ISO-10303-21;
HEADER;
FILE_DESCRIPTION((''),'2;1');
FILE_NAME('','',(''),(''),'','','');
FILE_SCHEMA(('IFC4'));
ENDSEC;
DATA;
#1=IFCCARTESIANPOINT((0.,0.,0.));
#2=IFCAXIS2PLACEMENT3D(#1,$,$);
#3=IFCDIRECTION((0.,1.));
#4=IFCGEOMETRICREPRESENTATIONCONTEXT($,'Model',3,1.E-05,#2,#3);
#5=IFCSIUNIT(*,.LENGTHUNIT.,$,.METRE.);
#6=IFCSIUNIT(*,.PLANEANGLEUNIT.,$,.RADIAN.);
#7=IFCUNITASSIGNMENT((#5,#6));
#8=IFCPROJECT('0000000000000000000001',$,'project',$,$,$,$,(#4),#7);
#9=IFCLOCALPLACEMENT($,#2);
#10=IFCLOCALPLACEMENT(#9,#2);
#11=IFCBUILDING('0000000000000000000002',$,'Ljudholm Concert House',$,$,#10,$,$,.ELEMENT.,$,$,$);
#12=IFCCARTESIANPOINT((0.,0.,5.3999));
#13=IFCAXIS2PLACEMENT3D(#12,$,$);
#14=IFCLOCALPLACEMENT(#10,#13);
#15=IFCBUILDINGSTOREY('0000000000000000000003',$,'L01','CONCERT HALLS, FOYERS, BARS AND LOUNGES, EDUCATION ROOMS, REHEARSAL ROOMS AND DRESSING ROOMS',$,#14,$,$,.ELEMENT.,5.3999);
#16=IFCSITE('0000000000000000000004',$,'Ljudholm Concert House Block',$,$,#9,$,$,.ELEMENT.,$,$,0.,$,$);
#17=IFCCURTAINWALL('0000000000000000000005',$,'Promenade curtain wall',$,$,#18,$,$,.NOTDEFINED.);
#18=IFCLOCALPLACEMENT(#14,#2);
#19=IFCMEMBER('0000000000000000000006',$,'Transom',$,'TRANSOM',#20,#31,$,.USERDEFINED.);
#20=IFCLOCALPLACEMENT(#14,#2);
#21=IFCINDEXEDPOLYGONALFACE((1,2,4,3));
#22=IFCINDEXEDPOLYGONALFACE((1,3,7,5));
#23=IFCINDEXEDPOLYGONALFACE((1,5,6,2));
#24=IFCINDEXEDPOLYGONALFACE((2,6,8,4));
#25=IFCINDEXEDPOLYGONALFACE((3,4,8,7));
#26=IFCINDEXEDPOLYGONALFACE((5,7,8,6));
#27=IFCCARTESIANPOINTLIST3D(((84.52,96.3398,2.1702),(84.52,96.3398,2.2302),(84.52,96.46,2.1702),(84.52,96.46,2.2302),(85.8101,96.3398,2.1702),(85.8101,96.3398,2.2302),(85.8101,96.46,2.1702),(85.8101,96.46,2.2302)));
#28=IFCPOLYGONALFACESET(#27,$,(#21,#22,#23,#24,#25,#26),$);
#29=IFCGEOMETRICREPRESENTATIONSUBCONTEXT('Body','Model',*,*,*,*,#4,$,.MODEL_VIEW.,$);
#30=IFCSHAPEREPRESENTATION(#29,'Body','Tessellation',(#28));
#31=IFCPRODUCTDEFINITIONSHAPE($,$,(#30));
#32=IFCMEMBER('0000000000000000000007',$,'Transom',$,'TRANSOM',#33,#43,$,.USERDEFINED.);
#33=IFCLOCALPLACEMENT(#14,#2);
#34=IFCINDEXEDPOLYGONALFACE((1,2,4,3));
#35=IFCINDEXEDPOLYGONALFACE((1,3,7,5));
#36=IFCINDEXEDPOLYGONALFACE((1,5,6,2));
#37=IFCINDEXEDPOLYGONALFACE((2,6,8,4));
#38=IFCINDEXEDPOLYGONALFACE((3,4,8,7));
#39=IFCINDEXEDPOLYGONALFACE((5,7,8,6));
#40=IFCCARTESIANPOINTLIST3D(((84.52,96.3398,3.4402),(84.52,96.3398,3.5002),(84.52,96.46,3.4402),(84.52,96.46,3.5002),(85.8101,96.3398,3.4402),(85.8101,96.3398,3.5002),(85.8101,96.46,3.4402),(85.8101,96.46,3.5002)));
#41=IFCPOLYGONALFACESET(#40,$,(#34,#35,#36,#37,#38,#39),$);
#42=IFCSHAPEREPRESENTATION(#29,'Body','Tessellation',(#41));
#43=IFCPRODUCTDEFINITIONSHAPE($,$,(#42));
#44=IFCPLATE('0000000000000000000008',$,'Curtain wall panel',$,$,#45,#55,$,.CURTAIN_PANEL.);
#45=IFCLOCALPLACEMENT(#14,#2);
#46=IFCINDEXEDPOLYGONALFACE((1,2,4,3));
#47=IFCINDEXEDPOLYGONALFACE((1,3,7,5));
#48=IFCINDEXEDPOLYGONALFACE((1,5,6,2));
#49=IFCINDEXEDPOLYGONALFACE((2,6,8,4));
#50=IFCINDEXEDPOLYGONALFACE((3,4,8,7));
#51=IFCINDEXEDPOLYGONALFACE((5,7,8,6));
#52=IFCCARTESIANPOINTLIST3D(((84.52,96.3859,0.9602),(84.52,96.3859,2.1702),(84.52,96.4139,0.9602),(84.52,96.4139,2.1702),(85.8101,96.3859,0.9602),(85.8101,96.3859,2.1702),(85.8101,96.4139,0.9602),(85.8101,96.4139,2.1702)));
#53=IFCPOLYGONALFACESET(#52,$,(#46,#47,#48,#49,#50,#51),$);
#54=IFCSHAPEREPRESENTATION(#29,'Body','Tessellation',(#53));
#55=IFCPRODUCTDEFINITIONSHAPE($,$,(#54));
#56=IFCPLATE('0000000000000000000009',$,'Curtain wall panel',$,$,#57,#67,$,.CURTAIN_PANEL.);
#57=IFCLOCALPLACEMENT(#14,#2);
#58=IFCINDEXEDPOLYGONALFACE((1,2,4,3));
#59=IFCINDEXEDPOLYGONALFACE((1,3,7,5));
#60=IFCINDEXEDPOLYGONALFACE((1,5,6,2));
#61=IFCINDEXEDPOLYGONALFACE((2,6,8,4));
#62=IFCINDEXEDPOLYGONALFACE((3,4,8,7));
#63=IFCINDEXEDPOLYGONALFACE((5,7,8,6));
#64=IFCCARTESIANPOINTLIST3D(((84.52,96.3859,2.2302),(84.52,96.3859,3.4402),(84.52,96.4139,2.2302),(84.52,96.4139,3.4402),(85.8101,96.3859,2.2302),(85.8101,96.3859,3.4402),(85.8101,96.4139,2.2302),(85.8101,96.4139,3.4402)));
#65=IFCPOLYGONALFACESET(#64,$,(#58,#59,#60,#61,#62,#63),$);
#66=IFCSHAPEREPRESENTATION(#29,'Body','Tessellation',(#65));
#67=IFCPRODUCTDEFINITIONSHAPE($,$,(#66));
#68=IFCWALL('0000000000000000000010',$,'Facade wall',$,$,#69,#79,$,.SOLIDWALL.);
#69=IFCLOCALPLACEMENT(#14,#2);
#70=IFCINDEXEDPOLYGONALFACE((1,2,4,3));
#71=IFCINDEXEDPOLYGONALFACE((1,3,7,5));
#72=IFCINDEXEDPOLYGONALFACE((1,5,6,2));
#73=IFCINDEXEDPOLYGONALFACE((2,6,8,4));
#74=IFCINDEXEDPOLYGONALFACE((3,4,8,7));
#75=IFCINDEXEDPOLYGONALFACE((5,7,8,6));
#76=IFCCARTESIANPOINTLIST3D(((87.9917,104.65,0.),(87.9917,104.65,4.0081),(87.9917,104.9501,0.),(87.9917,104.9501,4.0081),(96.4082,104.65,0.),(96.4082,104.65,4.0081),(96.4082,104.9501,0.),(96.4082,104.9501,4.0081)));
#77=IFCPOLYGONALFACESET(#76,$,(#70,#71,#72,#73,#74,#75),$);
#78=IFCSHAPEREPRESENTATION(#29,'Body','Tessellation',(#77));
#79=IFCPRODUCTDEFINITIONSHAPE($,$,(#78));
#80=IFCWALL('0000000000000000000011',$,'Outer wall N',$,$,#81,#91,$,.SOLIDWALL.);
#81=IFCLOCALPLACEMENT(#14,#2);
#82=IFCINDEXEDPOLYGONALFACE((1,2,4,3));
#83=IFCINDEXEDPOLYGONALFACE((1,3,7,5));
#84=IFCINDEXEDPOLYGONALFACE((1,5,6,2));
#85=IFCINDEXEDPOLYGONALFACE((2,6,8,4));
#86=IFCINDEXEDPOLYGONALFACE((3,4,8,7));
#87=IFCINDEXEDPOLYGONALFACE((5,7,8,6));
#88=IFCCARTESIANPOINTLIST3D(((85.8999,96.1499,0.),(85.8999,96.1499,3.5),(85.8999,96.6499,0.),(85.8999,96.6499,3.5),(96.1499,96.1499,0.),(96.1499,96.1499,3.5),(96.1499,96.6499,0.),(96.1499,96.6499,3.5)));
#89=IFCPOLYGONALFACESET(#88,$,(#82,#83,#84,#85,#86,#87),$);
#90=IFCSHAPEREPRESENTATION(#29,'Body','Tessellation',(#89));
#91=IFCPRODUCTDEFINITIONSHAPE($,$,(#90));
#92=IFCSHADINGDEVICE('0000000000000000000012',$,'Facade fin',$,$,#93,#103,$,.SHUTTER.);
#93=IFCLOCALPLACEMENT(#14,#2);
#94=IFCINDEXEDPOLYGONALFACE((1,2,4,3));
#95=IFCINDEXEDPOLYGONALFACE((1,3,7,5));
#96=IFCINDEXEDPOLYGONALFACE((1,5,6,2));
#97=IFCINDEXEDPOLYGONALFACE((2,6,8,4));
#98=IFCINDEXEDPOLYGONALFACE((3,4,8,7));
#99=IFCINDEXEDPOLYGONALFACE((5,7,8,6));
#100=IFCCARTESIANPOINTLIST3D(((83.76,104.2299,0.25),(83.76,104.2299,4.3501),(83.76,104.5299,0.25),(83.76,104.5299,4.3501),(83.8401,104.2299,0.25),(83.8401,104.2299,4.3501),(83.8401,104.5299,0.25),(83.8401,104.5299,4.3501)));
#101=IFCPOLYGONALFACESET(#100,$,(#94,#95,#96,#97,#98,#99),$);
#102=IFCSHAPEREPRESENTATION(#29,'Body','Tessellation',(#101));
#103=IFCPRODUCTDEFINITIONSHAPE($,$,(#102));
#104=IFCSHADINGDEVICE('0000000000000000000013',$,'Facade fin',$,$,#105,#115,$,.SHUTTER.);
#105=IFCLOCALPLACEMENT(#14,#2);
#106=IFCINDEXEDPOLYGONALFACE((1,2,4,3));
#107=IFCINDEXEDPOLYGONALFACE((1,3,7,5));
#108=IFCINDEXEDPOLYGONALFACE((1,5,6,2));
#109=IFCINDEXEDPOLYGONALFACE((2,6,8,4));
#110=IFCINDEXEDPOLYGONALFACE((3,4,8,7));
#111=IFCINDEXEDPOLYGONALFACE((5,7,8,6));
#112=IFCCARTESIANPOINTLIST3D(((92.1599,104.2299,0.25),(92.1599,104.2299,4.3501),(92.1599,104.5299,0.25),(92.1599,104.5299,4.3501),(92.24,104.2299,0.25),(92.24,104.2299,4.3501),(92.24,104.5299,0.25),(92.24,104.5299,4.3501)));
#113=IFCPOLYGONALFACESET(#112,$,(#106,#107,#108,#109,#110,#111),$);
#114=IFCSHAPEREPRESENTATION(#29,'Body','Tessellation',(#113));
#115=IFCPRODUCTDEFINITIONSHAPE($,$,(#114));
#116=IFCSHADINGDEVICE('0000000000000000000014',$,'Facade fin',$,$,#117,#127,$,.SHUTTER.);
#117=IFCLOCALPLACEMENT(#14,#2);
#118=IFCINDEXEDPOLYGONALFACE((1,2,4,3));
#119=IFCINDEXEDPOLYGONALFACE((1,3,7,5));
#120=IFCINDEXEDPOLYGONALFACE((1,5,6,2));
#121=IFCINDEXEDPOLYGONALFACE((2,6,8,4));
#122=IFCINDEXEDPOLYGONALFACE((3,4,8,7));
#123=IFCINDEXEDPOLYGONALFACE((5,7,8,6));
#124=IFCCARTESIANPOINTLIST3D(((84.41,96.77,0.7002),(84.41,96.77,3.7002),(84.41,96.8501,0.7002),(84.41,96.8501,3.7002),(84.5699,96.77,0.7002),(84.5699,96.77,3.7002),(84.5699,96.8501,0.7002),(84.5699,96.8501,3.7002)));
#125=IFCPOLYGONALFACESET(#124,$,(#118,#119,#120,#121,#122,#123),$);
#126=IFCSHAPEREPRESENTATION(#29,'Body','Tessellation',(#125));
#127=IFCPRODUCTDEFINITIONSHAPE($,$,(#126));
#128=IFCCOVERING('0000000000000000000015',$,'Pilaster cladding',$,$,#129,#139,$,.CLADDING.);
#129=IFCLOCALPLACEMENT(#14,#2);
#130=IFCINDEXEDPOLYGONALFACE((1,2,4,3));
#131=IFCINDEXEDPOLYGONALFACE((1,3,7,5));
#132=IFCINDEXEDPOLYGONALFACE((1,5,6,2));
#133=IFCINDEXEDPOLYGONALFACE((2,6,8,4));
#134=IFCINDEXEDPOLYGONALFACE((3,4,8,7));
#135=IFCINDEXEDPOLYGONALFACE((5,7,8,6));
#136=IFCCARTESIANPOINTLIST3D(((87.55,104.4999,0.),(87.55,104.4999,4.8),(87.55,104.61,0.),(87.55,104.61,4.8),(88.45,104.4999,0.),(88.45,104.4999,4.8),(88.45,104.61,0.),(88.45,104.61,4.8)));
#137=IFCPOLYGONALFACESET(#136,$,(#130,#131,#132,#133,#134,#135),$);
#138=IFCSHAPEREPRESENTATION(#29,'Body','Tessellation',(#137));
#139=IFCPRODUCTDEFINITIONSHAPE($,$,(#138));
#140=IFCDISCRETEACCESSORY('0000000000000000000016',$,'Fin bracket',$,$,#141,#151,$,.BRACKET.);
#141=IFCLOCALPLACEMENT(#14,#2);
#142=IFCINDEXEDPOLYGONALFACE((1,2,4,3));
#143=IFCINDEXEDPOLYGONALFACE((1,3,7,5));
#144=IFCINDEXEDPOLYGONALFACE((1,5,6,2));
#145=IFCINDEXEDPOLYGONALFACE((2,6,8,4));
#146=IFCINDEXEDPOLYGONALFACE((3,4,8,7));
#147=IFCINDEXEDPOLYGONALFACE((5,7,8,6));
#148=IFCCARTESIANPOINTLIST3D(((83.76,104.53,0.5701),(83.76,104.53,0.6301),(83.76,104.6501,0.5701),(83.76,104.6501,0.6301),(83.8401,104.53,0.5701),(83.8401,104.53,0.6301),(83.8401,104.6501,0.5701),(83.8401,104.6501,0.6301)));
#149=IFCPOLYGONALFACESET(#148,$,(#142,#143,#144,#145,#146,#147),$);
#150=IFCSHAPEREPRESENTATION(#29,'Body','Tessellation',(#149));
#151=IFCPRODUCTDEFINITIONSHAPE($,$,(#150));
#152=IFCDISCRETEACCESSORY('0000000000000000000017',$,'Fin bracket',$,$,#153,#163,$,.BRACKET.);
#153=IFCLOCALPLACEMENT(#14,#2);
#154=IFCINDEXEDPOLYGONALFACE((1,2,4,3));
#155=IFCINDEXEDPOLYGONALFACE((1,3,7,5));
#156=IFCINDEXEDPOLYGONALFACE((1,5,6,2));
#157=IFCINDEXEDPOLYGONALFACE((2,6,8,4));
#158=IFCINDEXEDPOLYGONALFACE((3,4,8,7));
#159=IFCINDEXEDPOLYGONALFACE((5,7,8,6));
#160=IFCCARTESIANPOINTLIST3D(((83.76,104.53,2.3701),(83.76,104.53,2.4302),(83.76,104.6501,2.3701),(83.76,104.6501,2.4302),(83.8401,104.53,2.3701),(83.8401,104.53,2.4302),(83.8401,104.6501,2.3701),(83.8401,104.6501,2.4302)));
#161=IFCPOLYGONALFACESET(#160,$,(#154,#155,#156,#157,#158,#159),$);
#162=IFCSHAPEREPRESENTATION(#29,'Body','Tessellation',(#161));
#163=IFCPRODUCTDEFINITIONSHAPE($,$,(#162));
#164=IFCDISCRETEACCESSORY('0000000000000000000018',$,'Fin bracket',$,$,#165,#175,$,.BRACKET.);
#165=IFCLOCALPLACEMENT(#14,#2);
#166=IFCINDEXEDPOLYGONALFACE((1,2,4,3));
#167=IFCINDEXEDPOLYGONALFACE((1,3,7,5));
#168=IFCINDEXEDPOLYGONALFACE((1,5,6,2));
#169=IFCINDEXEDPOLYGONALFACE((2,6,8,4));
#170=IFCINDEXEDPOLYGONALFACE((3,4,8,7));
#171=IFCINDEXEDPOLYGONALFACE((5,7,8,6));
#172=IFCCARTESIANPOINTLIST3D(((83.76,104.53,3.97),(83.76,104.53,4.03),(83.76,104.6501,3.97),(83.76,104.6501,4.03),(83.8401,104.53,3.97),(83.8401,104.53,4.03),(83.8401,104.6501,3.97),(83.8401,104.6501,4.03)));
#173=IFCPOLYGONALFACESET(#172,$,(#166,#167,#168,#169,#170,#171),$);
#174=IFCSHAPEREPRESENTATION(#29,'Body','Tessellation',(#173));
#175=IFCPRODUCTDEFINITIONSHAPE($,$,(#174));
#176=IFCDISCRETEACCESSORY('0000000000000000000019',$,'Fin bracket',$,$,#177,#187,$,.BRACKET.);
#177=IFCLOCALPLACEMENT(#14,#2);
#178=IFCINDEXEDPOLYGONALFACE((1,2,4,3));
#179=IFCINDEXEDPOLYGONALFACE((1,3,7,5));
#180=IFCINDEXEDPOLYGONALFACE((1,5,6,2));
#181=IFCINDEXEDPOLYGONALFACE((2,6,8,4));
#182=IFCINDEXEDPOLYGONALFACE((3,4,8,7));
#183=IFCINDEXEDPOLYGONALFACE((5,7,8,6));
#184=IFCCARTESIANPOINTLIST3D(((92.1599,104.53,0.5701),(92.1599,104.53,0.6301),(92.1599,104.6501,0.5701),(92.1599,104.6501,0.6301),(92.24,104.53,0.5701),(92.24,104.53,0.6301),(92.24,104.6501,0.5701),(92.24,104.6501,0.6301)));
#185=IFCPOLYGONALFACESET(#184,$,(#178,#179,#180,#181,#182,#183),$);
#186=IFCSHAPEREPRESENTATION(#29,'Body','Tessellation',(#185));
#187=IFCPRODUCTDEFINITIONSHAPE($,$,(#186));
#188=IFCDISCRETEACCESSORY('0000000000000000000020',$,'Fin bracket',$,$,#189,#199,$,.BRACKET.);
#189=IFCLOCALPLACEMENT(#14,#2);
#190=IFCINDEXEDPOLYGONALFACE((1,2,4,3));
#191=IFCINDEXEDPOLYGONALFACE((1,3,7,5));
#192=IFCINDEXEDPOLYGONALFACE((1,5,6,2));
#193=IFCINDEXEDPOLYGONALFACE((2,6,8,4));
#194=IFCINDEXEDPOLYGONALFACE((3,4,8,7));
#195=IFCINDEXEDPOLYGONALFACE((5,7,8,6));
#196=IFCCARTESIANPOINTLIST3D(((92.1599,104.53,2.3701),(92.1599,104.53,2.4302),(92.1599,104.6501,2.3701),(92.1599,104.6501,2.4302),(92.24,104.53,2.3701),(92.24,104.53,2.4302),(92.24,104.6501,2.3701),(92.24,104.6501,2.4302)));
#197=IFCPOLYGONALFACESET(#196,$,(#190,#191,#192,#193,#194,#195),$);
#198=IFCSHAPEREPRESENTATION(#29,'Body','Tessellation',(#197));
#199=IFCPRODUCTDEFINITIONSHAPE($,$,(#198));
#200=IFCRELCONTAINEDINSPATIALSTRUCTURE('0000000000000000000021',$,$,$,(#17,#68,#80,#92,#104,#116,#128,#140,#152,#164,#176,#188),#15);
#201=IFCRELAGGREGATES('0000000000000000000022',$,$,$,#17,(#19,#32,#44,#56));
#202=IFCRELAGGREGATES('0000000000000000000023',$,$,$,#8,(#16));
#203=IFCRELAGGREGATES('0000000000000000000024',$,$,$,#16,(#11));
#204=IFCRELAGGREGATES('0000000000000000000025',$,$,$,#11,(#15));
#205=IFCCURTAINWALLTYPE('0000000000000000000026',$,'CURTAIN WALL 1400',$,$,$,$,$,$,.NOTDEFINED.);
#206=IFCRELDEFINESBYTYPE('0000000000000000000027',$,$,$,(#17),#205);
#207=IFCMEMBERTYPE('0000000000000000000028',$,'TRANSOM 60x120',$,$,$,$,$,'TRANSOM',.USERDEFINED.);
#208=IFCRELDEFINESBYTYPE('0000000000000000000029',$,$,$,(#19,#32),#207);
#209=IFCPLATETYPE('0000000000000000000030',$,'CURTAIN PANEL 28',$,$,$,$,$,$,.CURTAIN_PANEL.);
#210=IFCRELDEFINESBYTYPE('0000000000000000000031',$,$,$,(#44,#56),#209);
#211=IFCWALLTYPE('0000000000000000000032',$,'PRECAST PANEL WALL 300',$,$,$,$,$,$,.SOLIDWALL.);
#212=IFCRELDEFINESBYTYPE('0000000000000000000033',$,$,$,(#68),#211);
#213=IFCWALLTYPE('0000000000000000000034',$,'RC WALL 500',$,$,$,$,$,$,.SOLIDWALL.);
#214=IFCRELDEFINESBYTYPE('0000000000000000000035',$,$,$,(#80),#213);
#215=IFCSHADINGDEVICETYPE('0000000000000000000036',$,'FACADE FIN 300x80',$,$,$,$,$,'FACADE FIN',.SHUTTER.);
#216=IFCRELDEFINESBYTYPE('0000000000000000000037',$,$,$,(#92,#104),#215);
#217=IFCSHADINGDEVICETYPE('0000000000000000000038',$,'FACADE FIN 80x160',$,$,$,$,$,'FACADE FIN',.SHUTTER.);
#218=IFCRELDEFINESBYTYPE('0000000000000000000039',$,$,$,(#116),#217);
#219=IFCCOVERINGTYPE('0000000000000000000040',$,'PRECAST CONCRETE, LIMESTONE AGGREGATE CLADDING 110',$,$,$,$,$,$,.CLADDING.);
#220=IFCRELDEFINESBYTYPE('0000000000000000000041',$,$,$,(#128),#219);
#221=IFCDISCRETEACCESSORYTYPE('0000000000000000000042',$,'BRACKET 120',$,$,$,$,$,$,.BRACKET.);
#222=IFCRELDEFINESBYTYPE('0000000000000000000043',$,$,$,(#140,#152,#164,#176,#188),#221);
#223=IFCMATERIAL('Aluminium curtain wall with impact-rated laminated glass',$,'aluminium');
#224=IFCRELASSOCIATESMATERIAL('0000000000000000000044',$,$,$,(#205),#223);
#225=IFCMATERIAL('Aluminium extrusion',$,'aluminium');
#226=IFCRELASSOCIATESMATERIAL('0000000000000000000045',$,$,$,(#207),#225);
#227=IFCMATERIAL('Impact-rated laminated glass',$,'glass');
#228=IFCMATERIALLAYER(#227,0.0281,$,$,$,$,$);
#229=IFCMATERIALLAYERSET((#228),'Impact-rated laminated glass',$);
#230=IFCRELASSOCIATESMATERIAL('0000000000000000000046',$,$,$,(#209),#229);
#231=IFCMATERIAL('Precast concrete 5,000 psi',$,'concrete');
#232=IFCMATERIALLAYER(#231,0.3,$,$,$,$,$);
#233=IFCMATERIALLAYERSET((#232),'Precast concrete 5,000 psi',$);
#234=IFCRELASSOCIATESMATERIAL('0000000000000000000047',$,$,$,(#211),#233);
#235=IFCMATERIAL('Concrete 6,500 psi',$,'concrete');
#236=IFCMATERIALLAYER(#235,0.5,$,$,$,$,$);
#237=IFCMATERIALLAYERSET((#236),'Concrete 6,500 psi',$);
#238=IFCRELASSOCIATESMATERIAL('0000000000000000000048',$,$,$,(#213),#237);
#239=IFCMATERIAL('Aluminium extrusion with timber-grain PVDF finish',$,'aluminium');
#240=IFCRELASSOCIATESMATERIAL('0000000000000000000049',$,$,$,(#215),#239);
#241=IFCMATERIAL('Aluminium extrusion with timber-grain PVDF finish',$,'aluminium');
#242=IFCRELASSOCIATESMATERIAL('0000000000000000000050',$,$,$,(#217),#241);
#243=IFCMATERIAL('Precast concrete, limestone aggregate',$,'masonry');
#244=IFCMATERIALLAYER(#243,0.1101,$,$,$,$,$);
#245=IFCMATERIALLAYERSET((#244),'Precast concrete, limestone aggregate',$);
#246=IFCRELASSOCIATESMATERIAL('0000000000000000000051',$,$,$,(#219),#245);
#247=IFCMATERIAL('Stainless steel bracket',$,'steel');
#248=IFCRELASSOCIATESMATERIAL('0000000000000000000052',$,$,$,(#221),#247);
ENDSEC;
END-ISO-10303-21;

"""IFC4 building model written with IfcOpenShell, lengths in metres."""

from ifc_helpers import new_model, si_unit, direction, frame, frame_2d, origin, origin_2d, place, context, subcontext, project, spatial, rectangle, extrude, material, layer, layer_set, material_profile, profile_set, type_object, element, aggregate, save


model = new_model("IFC4")

# Units and contexts
model_context = context("Model", 3, precision=1e-05, world=origin(), true_north=direction((0.0, 1.0)))
body_context = subcontext(model_context, "Body", "Model", "MODEL_VIEW")
ifc_project = project(units=[si_unit("LENGTHUNIT", "METRE"), si_unit("PLANEANGLEUNIT", "RADIAN")], contexts=[model_context])

# Site, building, storey
site_placement = place(None, origin())
site = spatial("IfcSite", under=ifc_project, at=site_placement, Name="Ljudholm Concert House Block", CompositionType="ELEMENT", RefElevation=0.0)
building_placement = place(site_placement, origin())
building = spatial("IfcBuilding", under=site, at=building_placement, Name="Ljudholm Concert House", CompositionType="ELEMENT")
storey_placement = place(building_placement, frame((0.0, 0.0, 5.3999)))
storey = spatial("IfcBuildingStorey", under=building, at=storey_placement, Name="L01", Description="CONCERT HALLS, FOYERS, BARS AND LOUNGES, EDUCATION ROOMS, REHEARSAL ROOMS AND DRESSING ROOMS", CompositionType="ELEMENT", Elevation=5.3999)

# Curtain wall
ifc_material_1 = material(Name="Aluminium curtain wall with impact-rated laminated glass", Category="aluminium")
curtain_wall_type = type_object("IfcCurtainWallType", Name="CURTAIN WALL 1400", PredefinedType="NOTDEFINED", material=ifc_material_1)
curtain_wall_placement = place(storey_placement, origin())
curtain_wall = element("IfcCurtainWall", 1, at=curtain_wall_placement, inside=storey, type_object=curtain_wall_type, Name="Promenade curtain wall", PredefinedType="NOTDEFINED")

# Members
ifc_material_2 = material(Name="Aluminium extrusion", Category="aluminium")
ifc_material_profile_1 = material_profile(ifc_material_2, rectangle(XDim=0.1201, YDim=0.0601, at=origin_2d()), Name="TRANSOM 60x120")
ifc_profile_set_1 = profile_set([ifc_material_profile_1], Name="Aluminium extrusion")
member_type_1 = type_object("IfcMemberType", Name="TRANSOM 60x120", ElementType="TRANSOM", PredefinedType="USERDEFINED", material=ifc_profile_set_1)
member_1_placement = place(storey_placement, frame((84.52, 96.3999, 2.2002), z_axis=(1.0, 0.0, 0.0), x_axis=(0.0, 1.0, 0.0)))
member_1 = element("IfcMember", 2, at=member_1_placement, type_object=member_type_1, Name="Transom", ObjectType="TRANSOM", PredefinedType="USERDEFINED", context=body_context, shape_type="SweptSolid", body=[
    extrude(rectangle(XDim=0.1201, YDim=0.0601, at=origin_2d()), origin(), (0.0, 0.0, 1.0), 1.29),
])
member_2_placement = place(storey_placement, frame((84.52, 96.3999, 3.4702), z_axis=(1.0, 0.0, 0.0), x_axis=(0.0, 1.0, 0.0)))
member_2 = element("IfcMember", 3, at=member_2_placement, type_object=member_type_1, Name="Transom", ObjectType="TRANSOM", PredefinedType="USERDEFINED", context=body_context, shape_type="SweptSolid", body=[
    extrude(rectangle(XDim=0.1201, YDim=0.0601, at=origin_2d()), origin(), (0.0, 0.0, 1.0), 1.29),
])

# Plates
ifc_material_3 = material(Name="Impact-rated laminated glass", Category="glass")
ifc_layer_1 = layer(ifc_material_3, 0.0281)
ifc_layer_set_1 = layer_set([ifc_layer_1], Name="Impact-rated laminated glass")
plate_type = type_object("IfcPlateType", Name="CURTAIN PANEL 28", PredefinedType="CURTAIN_PANEL", material=ifc_layer_set_1)
plate_1_placement = place(storey_placement, frame((85.165, 96.3999, 0.9602), z_axis=(0.0, 0.0, 1.0), x_axis=(1.0, 0.0, 0.0)))
plate_1 = element("IfcPlate", 4, at=plate_1_placement, type_object=plate_type, Name="Curtain wall panel", PredefinedType="CURTAIN_PANEL", context=body_context, shape_type="SweptSolid", body=[
    extrude(rectangle(XDim=1.29, YDim=0.0281, at=origin_2d()), origin(), (0.0, 0.0, 1.0), 1.21),
])
plate_2_placement = place(storey_placement, frame((85.165, 96.3999, 2.2302), z_axis=(0.0, 0.0, 1.0), x_axis=(1.0, 0.0, 0.0)))
plate_2 = element("IfcPlate", 5, at=plate_2_placement, type_object=plate_type, Name="Curtain wall panel", PredefinedType="CURTAIN_PANEL", context=body_context, shape_type="SweptSolid", body=[
    extrude(rectangle(XDim=1.29, YDim=0.0281, at=origin_2d()), origin(), (0.0, 0.0, 1.0), 1.21),
])
aggregate(curtain_wall, [member_1, member_2, plate_1, plate_2])

# Walls
ifc_material_4 = material(Name="Precast concrete 5,000 psi", Category="concrete")
ifc_layer_2 = layer(ifc_material_4, 0.3)
ifc_layer_set_2 = layer_set([ifc_layer_2], Name="Precast concrete 5,000 psi")
wall_type_1 = type_object("IfcWallType", Name="PRECAST PANEL WALL 300", PredefinedType="SOLIDWALL", material=ifc_layer_set_2)
wall_1_placement = place(storey_placement, frame((87.9917, 104.8, 0.0), z_axis=(0.0, 0.0, 1.0), x_axis=(1.0, 0.0, 0.0)))
element("IfcWall", 6, at=wall_1_placement, inside=storey, type_object=wall_type_1, Name="Facade wall", PredefinedType="SOLIDWALL", context=body_context, shape_type="SweptSolid", body=[
    extrude(rectangle(XDim=8.4165, YDim=0.3, at=frame_2d((4.2083, 0.0))), origin(), (0.0, 0.0, 1.0), 4.0081),
])
ifc_material_5 = material(Name="Concrete 6,500 psi", Category="concrete")
ifc_layer_3 = layer(ifc_material_5, 0.5)
ifc_layer_set_3 = layer_set([ifc_layer_3], Name="Concrete 6,500 psi")
wall_type_2 = type_object("IfcWallType", Name="RC WALL 500", PredefinedType="SOLIDWALL", material=ifc_layer_set_3)
wall_2_placement = place(storey_placement, frame((85.8999, 96.3999, 0.0), z_axis=(0.0, 0.0, 1.0), x_axis=(1.0, 0.0, 0.0)))
element("IfcWall", 7, at=wall_2_placement, inside=storey, type_object=wall_type_2, Name="Outer wall N", PredefinedType="SOLIDWALL", context=body_context, shape_type="SweptSolid", body=[
    extrude(rectangle(XDim=10.25, YDim=0.5, at=frame_2d((5.125, 0.0))), origin(), (0.0, 0.0, 1.0), 3.5),
])

# Shading devices
ifc_material_6 = material(Name="Aluminium extrusion with timber-grain PVDF finish", Category="aluminium")
shading_device_type_1 = type_object("IfcShadingDeviceType", Name="FACADE FIN 300x80", ElementType="FACADE FIN", PredefinedType="SHUTTER", material=ifc_material_6)
for number, where, z_axis, x_axis, name in (
    (8, (83.8, 104.3799, 0.25), (0.0, 0.0, 1.0), (0.0, -1.0, 0.0), "Facade fin"),
    (9, (92.2, 104.3799, 0.25), (0.0, 0.0, 1.0), (0.0, -1.0, 0.0), "Facade fin"),
):
    element("IfcShadingDevice", number, at=place(storey_placement, frame(where, z_axis=z_axis, x_axis=x_axis)), inside=storey, type_object=shading_device_type_1, Name=name, PredefinedType="SHUTTER", context=body_context, shape_type="SweptSolid", body=[
        extrude(rectangle(XDim=0.3, YDim=0.0801, at=origin_2d()), origin(), (0.0, 0.0, 1.0), 4.1001),
    ])
ifc_material_7 = material(Name="Aluminium extrusion with timber-grain PVDF finish", Category="aluminium")
shading_device_type_2 = type_object("IfcShadingDeviceType", Name="FACADE FIN 80x160", ElementType="FACADE FIN", PredefinedType="SHUTTER", material=ifc_material_7)
shading_device_placement = place(storey_placement, frame((84.49, 96.8101, 0.7002), z_axis=(0.0, 0.0, 1.0), x_axis=(0.0, 1.0, 0.0)))
element("IfcShadingDevice", 10, at=shading_device_placement, inside=storey, type_object=shading_device_type_2, Name="Facade fin", PredefinedType="SHUTTER", context=body_context, shape_type="SweptSolid", body=[
    extrude(rectangle(XDim=0.0801, YDim=0.1599, at=origin_2d()), origin(), (0.0, 0.0, 1.0), 3.0),
])

# Covering
ifc_material_8 = material(Name="Precast concrete, limestone aggregate", Category="masonry")
ifc_layer_4 = layer(ifc_material_8, 0.1101)
ifc_layer_set_4 = layer_set([ifc_layer_4], Name="Precast concrete, limestone aggregate")
covering_type = type_object("IfcCoveringType", Name="PRECAST CONCRETE, LIMESTONE AGGREGATE CLADDING 110", PredefinedType="CLADDING", material=ifc_layer_set_4)
covering_placement = place(storey_placement, frame((88.0, 104.5549, 0.0), z_axis=(0.0, 0.0, 1.0), x_axis=(0.0, -1.0, 0.0)))
element("IfcCovering", 11, at=covering_placement, inside=storey, type_object=covering_type, Name="Pilaster cladding", PredefinedType="CLADDING", context=body_context, shape_type="SweptSolid", body=[
    extrude(rectangle(XDim=0.1101, YDim=0.8999, at=origin_2d()), origin(), (0.0, 0.0, 1.0), 4.8),
])

# Discrete accessories
ifc_material_9 = material(Name="Stainless steel bracket", Category="steel")
discrete_accessory_type_1 = type_object("IfcDiscreteAccessoryType", Name="BRACKET 120", PredefinedType="BRACKET", material=ifc_material_9)
for number, where, z_axis, x_axis, name in (
    (12, (83.8, 104.5901, 0.5701), (0.0, 0.0, 1.0), (0.0, -1.0, 0.0), "Fin bracket"),
    (13, (83.8, 104.5901, 2.3701), (0.0, 0.0, 1.0), (0.0, -1.0, 0.0), "Fin bracket"),
    (14, (83.8, 104.5901, 3.97), (0.0, 0.0, 1.0), (0.0, -1.0, 0.0), "Fin bracket"),
    (15, (92.2, 104.5901, 0.5701), (0.0, 0.0, 1.0), (0.0, -1.0, 0.0), "Fin bracket"),
    (16, (92.2, 104.5901, 2.3701), (0.0, 0.0, 1.0), (0.0, -1.0, 0.0), "Fin bracket"),
):
    element("IfcDiscreteAccessory", number, at=place(storey_placement, frame(where, z_axis=z_axis, x_axis=x_axis)), inside=storey, type_object=discrete_accessory_type_1, Name=name, PredefinedType="BRACKET", context=body_context, shape_type="SweptSolid", body=[
        extrude(rectangle(XDim=0.1201, YDim=0.0801, at=origin_2d()), origin(), (0.0, 0.0, 1.0), 0.0601),
    ])

save(model, "model.ifc")
